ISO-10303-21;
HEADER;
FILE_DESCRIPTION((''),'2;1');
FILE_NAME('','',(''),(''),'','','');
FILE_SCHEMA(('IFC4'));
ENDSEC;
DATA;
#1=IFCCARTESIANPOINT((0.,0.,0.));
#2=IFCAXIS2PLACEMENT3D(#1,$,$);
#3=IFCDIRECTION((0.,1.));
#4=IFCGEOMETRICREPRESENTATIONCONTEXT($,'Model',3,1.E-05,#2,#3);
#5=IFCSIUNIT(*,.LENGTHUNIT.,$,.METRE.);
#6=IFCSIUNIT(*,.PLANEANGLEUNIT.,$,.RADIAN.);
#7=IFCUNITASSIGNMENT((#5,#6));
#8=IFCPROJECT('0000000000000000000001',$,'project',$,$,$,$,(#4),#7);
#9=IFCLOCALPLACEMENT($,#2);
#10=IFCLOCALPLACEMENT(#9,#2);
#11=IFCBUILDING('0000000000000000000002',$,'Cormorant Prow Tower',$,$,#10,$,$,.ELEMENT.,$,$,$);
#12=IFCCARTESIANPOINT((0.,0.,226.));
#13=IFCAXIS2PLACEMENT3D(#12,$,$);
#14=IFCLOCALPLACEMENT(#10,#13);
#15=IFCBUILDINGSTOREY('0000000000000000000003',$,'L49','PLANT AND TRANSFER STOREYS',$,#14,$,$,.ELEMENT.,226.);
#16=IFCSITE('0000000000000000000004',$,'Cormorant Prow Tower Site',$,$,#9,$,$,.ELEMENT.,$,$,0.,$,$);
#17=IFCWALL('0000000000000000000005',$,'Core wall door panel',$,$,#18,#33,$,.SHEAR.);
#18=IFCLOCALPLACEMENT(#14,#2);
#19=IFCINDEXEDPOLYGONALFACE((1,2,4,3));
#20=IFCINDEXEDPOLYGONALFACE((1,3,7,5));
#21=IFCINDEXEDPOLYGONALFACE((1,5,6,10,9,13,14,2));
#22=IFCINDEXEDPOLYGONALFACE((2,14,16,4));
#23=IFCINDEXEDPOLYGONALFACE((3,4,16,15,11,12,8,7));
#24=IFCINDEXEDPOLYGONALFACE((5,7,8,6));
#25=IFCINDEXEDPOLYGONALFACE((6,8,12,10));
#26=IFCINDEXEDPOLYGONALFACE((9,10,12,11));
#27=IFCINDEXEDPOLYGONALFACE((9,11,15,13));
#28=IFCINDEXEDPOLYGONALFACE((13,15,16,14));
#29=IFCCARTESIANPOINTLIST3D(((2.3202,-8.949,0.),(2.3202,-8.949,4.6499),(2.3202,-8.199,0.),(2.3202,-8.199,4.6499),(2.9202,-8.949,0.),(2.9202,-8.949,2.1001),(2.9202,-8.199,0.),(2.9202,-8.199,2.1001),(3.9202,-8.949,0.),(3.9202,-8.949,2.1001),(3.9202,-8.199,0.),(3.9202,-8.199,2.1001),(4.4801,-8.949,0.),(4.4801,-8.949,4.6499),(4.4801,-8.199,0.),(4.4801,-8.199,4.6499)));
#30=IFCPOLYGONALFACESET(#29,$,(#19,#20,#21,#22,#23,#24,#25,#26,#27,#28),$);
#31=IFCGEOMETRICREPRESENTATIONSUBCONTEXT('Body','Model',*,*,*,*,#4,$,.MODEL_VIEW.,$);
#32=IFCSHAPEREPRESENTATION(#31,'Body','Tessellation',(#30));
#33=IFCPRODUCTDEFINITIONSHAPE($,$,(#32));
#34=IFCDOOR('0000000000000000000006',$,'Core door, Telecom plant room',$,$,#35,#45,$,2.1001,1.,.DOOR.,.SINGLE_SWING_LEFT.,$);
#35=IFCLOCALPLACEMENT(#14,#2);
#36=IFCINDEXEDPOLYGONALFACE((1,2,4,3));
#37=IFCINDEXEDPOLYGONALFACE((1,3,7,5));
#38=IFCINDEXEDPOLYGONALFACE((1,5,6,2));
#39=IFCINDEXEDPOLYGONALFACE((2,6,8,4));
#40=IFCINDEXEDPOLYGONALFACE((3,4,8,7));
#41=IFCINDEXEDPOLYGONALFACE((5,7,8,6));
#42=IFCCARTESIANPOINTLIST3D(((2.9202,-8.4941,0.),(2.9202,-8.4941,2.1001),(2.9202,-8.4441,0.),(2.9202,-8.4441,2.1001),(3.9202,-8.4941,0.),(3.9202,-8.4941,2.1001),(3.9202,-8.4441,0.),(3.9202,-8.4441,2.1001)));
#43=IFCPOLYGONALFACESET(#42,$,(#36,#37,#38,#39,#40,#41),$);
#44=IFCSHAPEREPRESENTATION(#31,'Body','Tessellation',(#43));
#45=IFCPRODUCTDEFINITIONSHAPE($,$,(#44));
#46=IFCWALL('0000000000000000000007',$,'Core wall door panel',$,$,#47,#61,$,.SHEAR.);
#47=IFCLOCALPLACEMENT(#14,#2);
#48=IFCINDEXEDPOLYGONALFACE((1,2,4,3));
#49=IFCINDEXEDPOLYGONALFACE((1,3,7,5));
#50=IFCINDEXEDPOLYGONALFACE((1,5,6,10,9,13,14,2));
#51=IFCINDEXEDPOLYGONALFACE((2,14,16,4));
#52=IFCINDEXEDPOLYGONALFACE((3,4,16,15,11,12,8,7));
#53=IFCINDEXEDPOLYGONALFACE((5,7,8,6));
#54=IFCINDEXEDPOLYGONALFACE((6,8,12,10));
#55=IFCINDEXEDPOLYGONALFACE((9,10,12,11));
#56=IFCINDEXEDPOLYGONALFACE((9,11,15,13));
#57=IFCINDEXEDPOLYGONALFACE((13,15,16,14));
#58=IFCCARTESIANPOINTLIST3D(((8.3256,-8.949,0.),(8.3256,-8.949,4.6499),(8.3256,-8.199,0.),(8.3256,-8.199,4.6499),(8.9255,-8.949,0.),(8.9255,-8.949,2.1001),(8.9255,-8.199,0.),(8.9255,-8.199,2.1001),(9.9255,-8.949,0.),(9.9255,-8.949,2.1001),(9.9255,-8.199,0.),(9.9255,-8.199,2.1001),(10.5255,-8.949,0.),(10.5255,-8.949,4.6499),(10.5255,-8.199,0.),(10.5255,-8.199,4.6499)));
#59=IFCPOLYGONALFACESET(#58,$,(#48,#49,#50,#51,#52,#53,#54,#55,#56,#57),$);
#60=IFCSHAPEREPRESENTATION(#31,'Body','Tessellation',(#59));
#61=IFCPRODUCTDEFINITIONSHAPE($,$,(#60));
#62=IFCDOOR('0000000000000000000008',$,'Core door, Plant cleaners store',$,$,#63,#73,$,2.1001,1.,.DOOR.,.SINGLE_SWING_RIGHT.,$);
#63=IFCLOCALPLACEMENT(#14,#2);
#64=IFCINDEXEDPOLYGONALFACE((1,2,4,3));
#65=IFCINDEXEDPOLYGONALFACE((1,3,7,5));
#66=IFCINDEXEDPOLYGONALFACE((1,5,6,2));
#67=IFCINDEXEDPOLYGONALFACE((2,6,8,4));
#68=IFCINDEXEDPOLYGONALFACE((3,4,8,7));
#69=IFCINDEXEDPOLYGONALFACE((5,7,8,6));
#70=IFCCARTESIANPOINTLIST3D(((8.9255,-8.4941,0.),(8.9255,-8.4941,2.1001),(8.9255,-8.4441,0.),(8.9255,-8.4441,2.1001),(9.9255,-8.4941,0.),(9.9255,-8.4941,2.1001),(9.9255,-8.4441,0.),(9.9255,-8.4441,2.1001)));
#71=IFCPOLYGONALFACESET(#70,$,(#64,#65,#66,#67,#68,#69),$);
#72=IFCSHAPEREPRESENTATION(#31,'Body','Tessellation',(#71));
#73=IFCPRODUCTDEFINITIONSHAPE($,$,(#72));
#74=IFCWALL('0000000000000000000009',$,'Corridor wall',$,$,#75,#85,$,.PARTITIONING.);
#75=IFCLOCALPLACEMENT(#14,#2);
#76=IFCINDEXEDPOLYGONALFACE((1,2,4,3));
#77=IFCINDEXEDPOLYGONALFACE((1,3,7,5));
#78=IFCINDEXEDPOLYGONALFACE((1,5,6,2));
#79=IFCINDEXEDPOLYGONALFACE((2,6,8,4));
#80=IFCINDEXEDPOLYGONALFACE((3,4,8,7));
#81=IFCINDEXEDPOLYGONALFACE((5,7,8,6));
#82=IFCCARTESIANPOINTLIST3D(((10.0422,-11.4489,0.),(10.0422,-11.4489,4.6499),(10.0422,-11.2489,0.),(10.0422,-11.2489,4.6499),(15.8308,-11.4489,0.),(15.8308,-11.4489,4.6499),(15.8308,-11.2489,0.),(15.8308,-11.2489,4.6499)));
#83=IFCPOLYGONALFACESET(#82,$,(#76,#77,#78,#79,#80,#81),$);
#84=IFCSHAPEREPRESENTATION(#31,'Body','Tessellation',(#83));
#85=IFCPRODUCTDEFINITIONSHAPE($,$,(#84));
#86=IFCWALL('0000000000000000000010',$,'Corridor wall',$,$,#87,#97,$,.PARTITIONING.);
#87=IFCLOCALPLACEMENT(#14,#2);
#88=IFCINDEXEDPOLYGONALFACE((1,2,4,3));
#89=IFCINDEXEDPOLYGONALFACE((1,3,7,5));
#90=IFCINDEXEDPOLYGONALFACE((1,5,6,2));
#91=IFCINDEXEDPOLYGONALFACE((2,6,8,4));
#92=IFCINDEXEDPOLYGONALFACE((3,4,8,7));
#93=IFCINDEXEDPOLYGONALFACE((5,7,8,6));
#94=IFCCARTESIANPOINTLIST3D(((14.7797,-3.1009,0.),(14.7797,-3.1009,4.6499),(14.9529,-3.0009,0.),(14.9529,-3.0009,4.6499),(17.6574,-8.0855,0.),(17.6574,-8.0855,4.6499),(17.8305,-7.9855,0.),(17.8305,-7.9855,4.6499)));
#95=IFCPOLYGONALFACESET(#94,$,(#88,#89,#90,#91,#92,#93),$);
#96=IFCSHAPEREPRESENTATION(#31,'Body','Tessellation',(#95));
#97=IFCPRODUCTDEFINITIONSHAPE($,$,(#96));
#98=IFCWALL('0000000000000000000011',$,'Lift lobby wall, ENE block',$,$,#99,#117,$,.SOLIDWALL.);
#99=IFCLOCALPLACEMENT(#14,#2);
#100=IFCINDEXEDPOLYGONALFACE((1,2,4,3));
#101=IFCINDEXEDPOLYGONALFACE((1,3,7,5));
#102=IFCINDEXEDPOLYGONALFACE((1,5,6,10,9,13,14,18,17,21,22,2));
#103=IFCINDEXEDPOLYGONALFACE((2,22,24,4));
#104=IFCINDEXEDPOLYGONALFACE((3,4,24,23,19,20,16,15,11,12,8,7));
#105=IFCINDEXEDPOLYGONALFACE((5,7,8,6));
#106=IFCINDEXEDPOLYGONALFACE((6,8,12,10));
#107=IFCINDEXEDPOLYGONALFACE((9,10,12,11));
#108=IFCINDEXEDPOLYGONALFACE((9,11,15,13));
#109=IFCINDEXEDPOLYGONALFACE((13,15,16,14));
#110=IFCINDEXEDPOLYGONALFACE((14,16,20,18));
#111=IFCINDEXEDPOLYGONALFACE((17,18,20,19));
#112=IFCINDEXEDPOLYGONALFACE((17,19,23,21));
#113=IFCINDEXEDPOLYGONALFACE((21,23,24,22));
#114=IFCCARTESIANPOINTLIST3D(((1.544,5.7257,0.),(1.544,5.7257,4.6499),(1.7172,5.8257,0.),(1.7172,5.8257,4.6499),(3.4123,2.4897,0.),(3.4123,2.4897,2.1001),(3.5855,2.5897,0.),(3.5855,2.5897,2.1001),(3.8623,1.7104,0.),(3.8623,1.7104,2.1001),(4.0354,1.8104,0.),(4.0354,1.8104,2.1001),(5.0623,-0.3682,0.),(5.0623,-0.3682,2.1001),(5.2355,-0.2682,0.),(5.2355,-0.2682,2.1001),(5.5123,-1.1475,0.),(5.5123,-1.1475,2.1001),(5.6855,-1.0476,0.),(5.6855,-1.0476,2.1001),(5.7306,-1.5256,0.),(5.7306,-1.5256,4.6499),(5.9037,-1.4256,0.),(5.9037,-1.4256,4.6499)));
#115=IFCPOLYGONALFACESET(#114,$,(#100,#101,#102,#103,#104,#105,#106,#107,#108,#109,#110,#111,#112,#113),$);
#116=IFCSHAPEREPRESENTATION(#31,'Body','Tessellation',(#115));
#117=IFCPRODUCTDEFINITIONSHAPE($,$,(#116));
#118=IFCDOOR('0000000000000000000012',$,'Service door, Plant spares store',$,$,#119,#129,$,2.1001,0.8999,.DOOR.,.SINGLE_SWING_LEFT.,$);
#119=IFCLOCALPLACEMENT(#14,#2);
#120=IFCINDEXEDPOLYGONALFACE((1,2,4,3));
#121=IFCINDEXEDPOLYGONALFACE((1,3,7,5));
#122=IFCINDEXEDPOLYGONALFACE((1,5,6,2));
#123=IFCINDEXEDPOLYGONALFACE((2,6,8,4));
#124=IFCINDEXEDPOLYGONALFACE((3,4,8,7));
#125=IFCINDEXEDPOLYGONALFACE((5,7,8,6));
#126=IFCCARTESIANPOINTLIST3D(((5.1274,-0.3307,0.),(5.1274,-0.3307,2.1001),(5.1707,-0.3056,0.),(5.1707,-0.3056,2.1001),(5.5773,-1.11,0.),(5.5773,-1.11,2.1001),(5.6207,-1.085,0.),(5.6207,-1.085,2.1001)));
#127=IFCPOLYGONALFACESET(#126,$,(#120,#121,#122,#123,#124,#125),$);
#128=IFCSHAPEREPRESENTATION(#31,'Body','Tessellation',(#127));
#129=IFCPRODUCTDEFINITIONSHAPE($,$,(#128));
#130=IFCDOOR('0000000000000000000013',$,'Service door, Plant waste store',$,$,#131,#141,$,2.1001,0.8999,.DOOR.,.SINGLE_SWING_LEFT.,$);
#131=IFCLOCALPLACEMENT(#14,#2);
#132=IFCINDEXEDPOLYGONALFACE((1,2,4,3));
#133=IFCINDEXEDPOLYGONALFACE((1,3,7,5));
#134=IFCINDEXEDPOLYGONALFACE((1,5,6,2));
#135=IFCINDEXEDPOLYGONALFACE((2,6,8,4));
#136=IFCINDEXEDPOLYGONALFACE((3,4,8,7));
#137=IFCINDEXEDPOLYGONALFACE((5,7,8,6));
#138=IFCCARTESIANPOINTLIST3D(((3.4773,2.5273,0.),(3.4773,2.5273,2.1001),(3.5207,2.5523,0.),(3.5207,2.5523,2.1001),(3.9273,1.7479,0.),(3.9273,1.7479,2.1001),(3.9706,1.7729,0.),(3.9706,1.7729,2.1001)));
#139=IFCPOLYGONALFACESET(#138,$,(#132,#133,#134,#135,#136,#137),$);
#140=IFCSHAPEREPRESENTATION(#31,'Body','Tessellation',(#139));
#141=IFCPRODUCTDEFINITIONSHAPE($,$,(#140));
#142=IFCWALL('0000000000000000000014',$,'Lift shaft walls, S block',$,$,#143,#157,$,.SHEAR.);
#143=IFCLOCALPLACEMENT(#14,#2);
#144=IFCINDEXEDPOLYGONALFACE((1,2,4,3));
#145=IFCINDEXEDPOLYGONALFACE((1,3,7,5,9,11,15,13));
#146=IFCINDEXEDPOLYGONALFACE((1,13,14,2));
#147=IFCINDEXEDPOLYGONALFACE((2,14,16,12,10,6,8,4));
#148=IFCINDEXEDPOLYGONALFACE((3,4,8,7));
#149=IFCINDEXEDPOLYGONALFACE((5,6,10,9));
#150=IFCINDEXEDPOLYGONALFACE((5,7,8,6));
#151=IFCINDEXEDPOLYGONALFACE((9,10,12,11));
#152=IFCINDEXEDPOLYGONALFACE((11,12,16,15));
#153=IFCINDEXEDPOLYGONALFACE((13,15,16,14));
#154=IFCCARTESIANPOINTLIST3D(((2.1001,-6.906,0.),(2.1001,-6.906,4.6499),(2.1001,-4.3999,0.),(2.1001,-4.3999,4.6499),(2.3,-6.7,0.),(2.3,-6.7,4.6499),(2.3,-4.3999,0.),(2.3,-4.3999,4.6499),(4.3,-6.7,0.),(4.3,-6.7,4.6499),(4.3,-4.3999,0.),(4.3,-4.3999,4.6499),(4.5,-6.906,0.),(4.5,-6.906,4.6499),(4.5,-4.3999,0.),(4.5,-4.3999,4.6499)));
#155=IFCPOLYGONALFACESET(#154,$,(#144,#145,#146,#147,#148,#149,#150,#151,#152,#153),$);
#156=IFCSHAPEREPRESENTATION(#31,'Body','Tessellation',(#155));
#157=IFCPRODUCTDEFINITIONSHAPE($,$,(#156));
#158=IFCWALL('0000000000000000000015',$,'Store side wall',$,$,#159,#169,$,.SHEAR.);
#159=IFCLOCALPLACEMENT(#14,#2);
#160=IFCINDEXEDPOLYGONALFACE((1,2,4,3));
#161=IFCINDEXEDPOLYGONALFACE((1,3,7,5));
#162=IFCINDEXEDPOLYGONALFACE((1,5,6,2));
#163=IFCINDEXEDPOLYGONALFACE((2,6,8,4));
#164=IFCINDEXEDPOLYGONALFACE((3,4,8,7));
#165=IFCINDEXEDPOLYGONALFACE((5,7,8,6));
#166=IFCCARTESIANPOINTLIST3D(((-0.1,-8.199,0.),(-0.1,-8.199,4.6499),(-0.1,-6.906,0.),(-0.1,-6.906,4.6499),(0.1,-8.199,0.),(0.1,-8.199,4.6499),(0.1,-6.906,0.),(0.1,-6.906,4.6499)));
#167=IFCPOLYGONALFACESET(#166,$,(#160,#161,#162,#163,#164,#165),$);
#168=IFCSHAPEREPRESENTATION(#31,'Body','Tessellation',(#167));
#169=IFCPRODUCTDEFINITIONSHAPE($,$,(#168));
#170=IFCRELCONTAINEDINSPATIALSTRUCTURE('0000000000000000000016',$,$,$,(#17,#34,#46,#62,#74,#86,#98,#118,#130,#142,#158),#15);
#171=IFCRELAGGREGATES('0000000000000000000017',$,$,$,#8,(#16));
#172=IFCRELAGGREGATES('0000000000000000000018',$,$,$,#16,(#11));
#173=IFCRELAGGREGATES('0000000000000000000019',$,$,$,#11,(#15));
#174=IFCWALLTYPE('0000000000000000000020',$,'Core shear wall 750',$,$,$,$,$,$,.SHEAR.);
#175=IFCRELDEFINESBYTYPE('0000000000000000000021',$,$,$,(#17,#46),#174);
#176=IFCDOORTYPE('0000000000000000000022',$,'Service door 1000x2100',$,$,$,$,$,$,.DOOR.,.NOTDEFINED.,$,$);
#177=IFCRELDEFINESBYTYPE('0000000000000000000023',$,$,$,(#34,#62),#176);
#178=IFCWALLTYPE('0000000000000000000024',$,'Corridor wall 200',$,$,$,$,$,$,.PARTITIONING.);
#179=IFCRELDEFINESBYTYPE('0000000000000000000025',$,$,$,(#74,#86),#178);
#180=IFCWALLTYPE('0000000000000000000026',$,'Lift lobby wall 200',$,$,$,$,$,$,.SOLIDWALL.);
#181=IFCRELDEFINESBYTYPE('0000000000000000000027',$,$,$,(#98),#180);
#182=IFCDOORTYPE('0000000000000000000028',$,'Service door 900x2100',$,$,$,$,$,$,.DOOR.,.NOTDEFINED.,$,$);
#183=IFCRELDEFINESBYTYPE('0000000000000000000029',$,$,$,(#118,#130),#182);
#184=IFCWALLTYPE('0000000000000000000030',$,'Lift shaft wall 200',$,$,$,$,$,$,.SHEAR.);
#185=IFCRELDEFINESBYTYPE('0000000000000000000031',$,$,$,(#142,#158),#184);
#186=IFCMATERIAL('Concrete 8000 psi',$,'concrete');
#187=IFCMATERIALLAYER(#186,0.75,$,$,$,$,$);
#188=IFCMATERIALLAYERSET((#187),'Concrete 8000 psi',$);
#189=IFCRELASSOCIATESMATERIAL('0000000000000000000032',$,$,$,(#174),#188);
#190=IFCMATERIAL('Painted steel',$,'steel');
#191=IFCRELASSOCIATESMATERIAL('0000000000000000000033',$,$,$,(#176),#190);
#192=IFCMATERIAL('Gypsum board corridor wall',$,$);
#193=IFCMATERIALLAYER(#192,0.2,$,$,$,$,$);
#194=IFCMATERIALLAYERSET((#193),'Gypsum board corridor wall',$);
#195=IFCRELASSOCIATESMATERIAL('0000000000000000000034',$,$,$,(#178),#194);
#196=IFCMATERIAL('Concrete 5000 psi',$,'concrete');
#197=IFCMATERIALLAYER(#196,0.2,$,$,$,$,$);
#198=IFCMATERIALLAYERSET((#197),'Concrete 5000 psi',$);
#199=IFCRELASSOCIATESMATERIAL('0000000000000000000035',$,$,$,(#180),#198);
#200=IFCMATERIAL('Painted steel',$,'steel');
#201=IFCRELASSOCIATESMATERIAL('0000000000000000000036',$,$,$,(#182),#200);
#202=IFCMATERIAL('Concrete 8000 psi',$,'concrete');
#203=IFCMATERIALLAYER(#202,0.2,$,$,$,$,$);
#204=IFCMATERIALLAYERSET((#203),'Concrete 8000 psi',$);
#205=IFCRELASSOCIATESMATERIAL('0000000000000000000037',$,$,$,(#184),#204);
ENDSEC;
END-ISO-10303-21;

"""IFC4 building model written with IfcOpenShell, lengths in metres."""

from ifc_helpers import new_model, si_unit, direction, frame, frame_2d, origin, place, context, subcontext, project, spatial, polyline, rectangle, outline, extrude, material, layer, layer_set, type_object, element, fill, save


model = new_model("IFC4")

# Units and contexts
model_context = context("Model", 3, precision=1e-05, world=origin(), true_north=direction((0.0, 1.0)))
body_context = subcontext(model_context, "Body", "Model", "MODEL_VIEW")
ifc_project = project(units=[si_unit("LENGTHUNIT", "METRE"), si_unit("PLANEANGLEUNIT", "RADIAN")], contexts=[model_context])

# Site, building, storey
site_placement = place(None, origin())
site = spatial("IfcSite", under=ifc_project, at=site_placement, Name="Cormorant Prow Tower Site", CompositionType="ELEMENT", RefElevation=0.0)
building_placement = place(site_placement, origin())
building = spatial("IfcBuilding", under=site, at=building_placement, Name="Cormorant Prow Tower", CompositionType="ELEMENT")
storey_placement = place(building_placement, frame((0.0, 0.0, 226.0)))
storey = spatial("IfcBuildingStorey", under=building, at=storey_placement, Name="L49", Description="PLANT AND TRANSFER STOREYS", CompositionType="ELEMENT", Elevation=226.0)

# Shared definitions
ifc_material_1 = material(Name="Concrete 8000 psi", Category="concrete")
ifc_layer_1 = layer(ifc_material_1, 0.75)
ifc_layer_set_1 = layer_set([ifc_layer_1], Name="Concrete 8000 psi")
wall_type_1 = type_object("IfcWallType", Name="Core shear wall 750", PredefinedType="SHEAR", material=ifc_layer_set_1)

# Walls, openings, doors
wall_1_placement = place(storey_placement, frame((2.3201, -8.574, 0.0), z_axis=(0.0, 0.0, 1.0), x_axis=(1.0, 0.0, 0.0)))
wall_1 = element("IfcWall", 1, at=wall_1_placement, inside=storey, type_object=wall_type_1, Name="Core wall door panel", PredefinedType="SHEAR", context=body_context, shape_type="SweptSolid", body=[
    extrude(rectangle(XDim=2.1599, YDim=0.75, at=frame_2d((1.0801, 0.0))), origin(), (0.0, 0.0, 1.0), 4.6499),
])
opening_1_placement = place(wall_1_placement, frame((0.6001, 0.0, 0.0)))
opening_1 = element("IfcOpeningElement", 2, at=opening_1_placement, cuts=wall_1, PredefinedType="OPENING", context=body_context, shape_type="SweptSolid", body=[
    extrude(rectangle(XDim=1.0, YDim=2.1001, at=frame_2d((0.5, 1.05))), frame((0.0, 0.385, 0.0), z_axis=(0.0, -1.0, 0.0), x_axis=(1.0, 0.0, 0.0)), (0.0, 0.0, 1.0), 0.77),
])
ifc_material_2 = material(Name="Painted steel", Category="steel")
door_type_1 = type_object("IfcDoorType", Name="Service door 1000x2100", OperationType="NOTDEFINED", PredefinedType="DOOR", material=ifc_material_2)
door_1_placement = place(opening_1_placement, origin())
door_1 = element("IfcDoor", 3, at=door_1_placement, inside=storey, type_object=door_type_1, Name="Core door, Telecom plant room", OperationType="SINGLE_SWING_LEFT", OverallHeight=2.1001, OverallWidth=1.0, PredefinedType="DOOR", context=body_context, shape_type="SweptSolid", body=[
    extrude(rectangle(XDim=1.0, YDim=2.1001, at=frame_2d((0.5, 1.05))), frame((0.0, 0.1299, 0.0), z_axis=(0.0, -1.0, 0.0), x_axis=(1.0, 0.0, 0.0)), (0.0, 0.0, 1.0), 0.05),
])
fill(opening_1, door_1)
wall_2_placement = place(storey_placement, frame((8.3254, -8.574, 0.0), z_axis=(0.0, 0.0, 1.0), x_axis=(1.0, 0.0, 0.0)))
wall_2 = element("IfcWall", 4, at=wall_2_placement, inside=storey, type_object=wall_type_1, Name="Core wall door panel", PredefinedType="SHEAR", context=body_context, shape_type="SweptSolid", body=[
    extrude(rectangle(XDim=2.2, YDim=0.75, at=frame_2d((1.1001, 0.0))), origin(), (0.0, 0.0, 1.0), 4.6499),
])
opening_2_placement = place(wall_2_placement, frame((0.6001, 0.0, 0.0)))
opening_2 = element("IfcOpeningElement", 5, at=opening_2_placement, cuts=wall_2, PredefinedType="OPENING", context=body_context, shape_type="SweptSolid", body=[
    extrude(rectangle(XDim=1.0, YDim=2.1001, at=frame_2d((0.5, 1.05))), frame((0.0, 0.385, 0.0), z_axis=(0.0, -1.0, 0.0), x_axis=(1.0, 0.0, 0.0)), (0.0, 0.0, 1.0), 0.77),
])
door_2_placement = place(opening_2_placement, origin())
door_2 = element("IfcDoor", 6, at=door_2_placement, inside=storey, type_object=door_type_1, Name="Core door, Plant cleaners store", OperationType="SINGLE_SWING_RIGHT", OverallHeight=2.1001, OverallWidth=1.0, PredefinedType="DOOR", context=body_context, shape_type="SweptSolid", body=[
    extrude(rectangle(XDim=1.0, YDim=2.1001, at=frame_2d((0.5, 1.05))), frame((0.0, 0.1299, 0.0), z_axis=(0.0, -1.0, 0.0), x_axis=(1.0, 0.0, 0.0)), (0.0, 0.0, 1.0), 0.05),
])
fill(opening_2, door_2)

# Walls
ifc_material_3 = material(Name="Gypsum board corridor wall")
ifc_layer_2 = layer(ifc_material_3, 0.2)
ifc_layer_set_2 = layer_set([ifc_layer_2], Name="Gypsum board corridor wall")
wall_type_2 = type_object("IfcWallType", Name="Corridor wall 200", PredefinedType="PARTITIONING", material=ifc_layer_set_2)
wall_3_placement = place(storey_placement, frame((10.0422, -11.3489, 0.0), z_axis=(0.0, 0.0, 1.0), x_axis=(1.0, 0.0, 0.0)))
element("IfcWall", 7, at=wall_3_placement, inside=storey, type_object=wall_type_2, Name="Corridor wall", PredefinedType="PARTITIONING", context=body_context, shape_type="SweptSolid", body=[
    extrude(rectangle(XDim=5.7886, YDim=0.2, at=frame_2d((2.8943, 0.0))), origin(), (0.0, 0.0, 1.0), 4.6499),
])
wall_4_placement = place(storey_placement, frame((14.8662, -3.0508, 0.0), z_axis=(0.0, 0.0, 1.0), x_axis=(0.499976, -0.866039, 0.0)))
element("IfcWall", 8, at=wall_4_placement, inside=storey, type_object=wall_type_2, Name="Corridor wall", PredefinedType="PARTITIONING", context=body_context, shape_type="SweptSolid", body=[
    extrude(rectangle(XDim=5.7556, YDim=0.2, at=frame_2d((2.8779, 0.0))), origin(), (0.0, 0.0, 1.0), 4.6499),
])

# Wall, openings, doors
ifc_material_4 = material(Name="Concrete 5000 psi", Category="concrete")
ifc_layer_3 = layer(ifc_material_4, 0.2)
ifc_layer_set_3 = layer_set([ifc_layer_3], Name="Concrete 5000 psi")
wall_type_3 = type_object("IfcWallType", Name="Lift lobby wall 200", PredefinedType="SOLIDWALL", material=ifc_layer_set_3)
wall_5_placement = place(storey_placement, frame((5.8171, -1.4756, 0.0), z_axis=(0.0, 0.0, 1.0), x_axis=(-0.500003, 0.866024, 0.0)))
wall_5 = element("IfcWall", 9, at=wall_5_placement, inside=storey, type_object=wall_type_3, Name="Lift lobby wall, ENE block", PredefinedType="SOLIDWALL", context=body_context, shape_type="SweptSolid", body=[
    extrude(rectangle(XDim=8.373, YDim=0.2, at=frame_2d((4.1865, 0.0))), origin(), (0.0, 0.0, 1.0), 4.6499),
])
opening_3_placement = place(wall_5_placement, frame((0.4365, 0.0, 0.0)))
opening_3 = element("IfcOpeningElement", 10, at=opening_3_placement, cuts=wall_5, PredefinedType="OPENING", context=body_context, shape_type="SweptSolid", body=[
    extrude(rectangle(XDim=0.8999, YDim=2.1001, at=frame_2d((0.45, 1.05))), frame((0.0, 0.1099, 0.0), z_axis=(0.0, -1.0, 0.0), x_axis=(1.0, 0.0, 0.0)), (0.0, 0.0, 1.0), 0.22),
])
opening_4_placement = place(wall_5_placement, frame((3.7366, 0.0, 0.0)))
opening_4 = element("IfcOpeningElement", 11, at=opening_4_placement, cuts=wall_5, PredefinedType="OPENING", context=body_context, shape_type="SweptSolid", body=[
    extrude(rectangle(XDim=0.8999, YDim=2.1001, at=frame_2d((0.45, 1.05))), frame((0.0, 0.1099, 0.0), z_axis=(0.0, -1.0, 0.0), x_axis=(1.0, 0.0, 0.0)), (0.0, 0.0, 1.0), 0.22),
])
ifc_material_5 = material(Name="Painted steel", Category="steel")
door_type_2 = type_object("IfcDoorType", Name="Service door 900x2100", OperationType="NOTDEFINED", PredefinedType="DOOR", material=ifc_material_5)
door_3_placement = place(opening_3_placement, origin())
door_3 = element("IfcDoor", 12, at=door_3_placement, inside=storey, type_object=door_type_2, Name="Service door, Plant spares store", OperationType="SINGLE_SWING_LEFT", OverallHeight=2.1001, OverallWidth=0.8999, PredefinedType="DOOR", context=body_context, shape_type="SweptSolid", body=[
    extrude(rectangle(XDim=0.8999, YDim=2.1001, at=frame_2d((0.45, 1.05))), frame((0.0, 0.0249, 0.0), z_axis=(0.0, -1.0, 0.0), x_axis=(1.0, 0.0, 0.0)), (0.0, 0.0, 1.0), 0.05),
])
fill(opening_3, door_3)
door_4_placement = place(opening_4_placement, origin())
door_4 = element("IfcDoor", 13, at=door_4_placement, inside=storey, type_object=door_type_2, Name="Service door, Plant waste store", OperationType="SINGLE_SWING_LEFT", OverallHeight=2.1001, OverallWidth=0.8999, PredefinedType="DOOR", context=body_context, shape_type="SweptSolid", body=[
    extrude(rectangle(XDim=0.8999, YDim=2.1001, at=frame_2d((0.45, 1.05))), frame((0.0, 0.0249, 0.0), z_axis=(0.0, -1.0, 0.0), x_axis=(1.0, 0.0, 0.0)), (0.0, 0.0, 1.0), 0.05),
])
fill(opening_4, door_4)

# Walls
ifc_material_6 = material(Name="Concrete 8000 psi", Category="concrete")
ifc_layer_4 = layer(ifc_material_6, 0.2)
ifc_layer_set_4 = layer_set([ifc_layer_4], Name="Concrete 8000 psi")
wall_type_4 = type_object("IfcWallType", Name="Lift shaft wall 200", PredefinedType="SHEAR", material=ifc_layer_set_4)
wall_6_placement = place(storey_placement, origin())
element("IfcWall", 14, at=wall_6_placement, inside=storey, type_object=wall_type_4, Name="Lift shaft walls, S block", PredefinedType="SHEAR", context=body_context, shape_type="SweptSolid", body=[
    extrude(outline(polyline([(4.5, -4.3999), (4.5, -6.906), (2.1001, -6.906), (2.1001, -4.3999), (2.3, -4.3999), (2.3, -6.7), (4.3, -6.7), (4.3, -4.3999), (4.5, -4.3999)])), origin(), (0.0, 0.0, 1.0), 4.6499),
])
for number, where, z_axis, x_axis, name in (
    (15, (0.0, -6.906, 0.0), (0.0, 0.0, 1.0), (0.0, -1.0, 0.0), "Store side wall"),
):
    element("IfcWall", number, at=place(storey_placement, frame(where, z_axis=z_axis, x_axis=x_axis)), inside=storey, type_object=wall_type_4, Name=name, PredefinedType="SHEAR", context=body_context, shape_type="SweptSolid", body=[
        extrude(rectangle(XDim=1.293, YDim=0.2, at=frame_2d((0.6465, 0.0))), origin(), (0.0, 0.0, 1.0), 4.6499),
    ])

save(model, "model.ifc")
